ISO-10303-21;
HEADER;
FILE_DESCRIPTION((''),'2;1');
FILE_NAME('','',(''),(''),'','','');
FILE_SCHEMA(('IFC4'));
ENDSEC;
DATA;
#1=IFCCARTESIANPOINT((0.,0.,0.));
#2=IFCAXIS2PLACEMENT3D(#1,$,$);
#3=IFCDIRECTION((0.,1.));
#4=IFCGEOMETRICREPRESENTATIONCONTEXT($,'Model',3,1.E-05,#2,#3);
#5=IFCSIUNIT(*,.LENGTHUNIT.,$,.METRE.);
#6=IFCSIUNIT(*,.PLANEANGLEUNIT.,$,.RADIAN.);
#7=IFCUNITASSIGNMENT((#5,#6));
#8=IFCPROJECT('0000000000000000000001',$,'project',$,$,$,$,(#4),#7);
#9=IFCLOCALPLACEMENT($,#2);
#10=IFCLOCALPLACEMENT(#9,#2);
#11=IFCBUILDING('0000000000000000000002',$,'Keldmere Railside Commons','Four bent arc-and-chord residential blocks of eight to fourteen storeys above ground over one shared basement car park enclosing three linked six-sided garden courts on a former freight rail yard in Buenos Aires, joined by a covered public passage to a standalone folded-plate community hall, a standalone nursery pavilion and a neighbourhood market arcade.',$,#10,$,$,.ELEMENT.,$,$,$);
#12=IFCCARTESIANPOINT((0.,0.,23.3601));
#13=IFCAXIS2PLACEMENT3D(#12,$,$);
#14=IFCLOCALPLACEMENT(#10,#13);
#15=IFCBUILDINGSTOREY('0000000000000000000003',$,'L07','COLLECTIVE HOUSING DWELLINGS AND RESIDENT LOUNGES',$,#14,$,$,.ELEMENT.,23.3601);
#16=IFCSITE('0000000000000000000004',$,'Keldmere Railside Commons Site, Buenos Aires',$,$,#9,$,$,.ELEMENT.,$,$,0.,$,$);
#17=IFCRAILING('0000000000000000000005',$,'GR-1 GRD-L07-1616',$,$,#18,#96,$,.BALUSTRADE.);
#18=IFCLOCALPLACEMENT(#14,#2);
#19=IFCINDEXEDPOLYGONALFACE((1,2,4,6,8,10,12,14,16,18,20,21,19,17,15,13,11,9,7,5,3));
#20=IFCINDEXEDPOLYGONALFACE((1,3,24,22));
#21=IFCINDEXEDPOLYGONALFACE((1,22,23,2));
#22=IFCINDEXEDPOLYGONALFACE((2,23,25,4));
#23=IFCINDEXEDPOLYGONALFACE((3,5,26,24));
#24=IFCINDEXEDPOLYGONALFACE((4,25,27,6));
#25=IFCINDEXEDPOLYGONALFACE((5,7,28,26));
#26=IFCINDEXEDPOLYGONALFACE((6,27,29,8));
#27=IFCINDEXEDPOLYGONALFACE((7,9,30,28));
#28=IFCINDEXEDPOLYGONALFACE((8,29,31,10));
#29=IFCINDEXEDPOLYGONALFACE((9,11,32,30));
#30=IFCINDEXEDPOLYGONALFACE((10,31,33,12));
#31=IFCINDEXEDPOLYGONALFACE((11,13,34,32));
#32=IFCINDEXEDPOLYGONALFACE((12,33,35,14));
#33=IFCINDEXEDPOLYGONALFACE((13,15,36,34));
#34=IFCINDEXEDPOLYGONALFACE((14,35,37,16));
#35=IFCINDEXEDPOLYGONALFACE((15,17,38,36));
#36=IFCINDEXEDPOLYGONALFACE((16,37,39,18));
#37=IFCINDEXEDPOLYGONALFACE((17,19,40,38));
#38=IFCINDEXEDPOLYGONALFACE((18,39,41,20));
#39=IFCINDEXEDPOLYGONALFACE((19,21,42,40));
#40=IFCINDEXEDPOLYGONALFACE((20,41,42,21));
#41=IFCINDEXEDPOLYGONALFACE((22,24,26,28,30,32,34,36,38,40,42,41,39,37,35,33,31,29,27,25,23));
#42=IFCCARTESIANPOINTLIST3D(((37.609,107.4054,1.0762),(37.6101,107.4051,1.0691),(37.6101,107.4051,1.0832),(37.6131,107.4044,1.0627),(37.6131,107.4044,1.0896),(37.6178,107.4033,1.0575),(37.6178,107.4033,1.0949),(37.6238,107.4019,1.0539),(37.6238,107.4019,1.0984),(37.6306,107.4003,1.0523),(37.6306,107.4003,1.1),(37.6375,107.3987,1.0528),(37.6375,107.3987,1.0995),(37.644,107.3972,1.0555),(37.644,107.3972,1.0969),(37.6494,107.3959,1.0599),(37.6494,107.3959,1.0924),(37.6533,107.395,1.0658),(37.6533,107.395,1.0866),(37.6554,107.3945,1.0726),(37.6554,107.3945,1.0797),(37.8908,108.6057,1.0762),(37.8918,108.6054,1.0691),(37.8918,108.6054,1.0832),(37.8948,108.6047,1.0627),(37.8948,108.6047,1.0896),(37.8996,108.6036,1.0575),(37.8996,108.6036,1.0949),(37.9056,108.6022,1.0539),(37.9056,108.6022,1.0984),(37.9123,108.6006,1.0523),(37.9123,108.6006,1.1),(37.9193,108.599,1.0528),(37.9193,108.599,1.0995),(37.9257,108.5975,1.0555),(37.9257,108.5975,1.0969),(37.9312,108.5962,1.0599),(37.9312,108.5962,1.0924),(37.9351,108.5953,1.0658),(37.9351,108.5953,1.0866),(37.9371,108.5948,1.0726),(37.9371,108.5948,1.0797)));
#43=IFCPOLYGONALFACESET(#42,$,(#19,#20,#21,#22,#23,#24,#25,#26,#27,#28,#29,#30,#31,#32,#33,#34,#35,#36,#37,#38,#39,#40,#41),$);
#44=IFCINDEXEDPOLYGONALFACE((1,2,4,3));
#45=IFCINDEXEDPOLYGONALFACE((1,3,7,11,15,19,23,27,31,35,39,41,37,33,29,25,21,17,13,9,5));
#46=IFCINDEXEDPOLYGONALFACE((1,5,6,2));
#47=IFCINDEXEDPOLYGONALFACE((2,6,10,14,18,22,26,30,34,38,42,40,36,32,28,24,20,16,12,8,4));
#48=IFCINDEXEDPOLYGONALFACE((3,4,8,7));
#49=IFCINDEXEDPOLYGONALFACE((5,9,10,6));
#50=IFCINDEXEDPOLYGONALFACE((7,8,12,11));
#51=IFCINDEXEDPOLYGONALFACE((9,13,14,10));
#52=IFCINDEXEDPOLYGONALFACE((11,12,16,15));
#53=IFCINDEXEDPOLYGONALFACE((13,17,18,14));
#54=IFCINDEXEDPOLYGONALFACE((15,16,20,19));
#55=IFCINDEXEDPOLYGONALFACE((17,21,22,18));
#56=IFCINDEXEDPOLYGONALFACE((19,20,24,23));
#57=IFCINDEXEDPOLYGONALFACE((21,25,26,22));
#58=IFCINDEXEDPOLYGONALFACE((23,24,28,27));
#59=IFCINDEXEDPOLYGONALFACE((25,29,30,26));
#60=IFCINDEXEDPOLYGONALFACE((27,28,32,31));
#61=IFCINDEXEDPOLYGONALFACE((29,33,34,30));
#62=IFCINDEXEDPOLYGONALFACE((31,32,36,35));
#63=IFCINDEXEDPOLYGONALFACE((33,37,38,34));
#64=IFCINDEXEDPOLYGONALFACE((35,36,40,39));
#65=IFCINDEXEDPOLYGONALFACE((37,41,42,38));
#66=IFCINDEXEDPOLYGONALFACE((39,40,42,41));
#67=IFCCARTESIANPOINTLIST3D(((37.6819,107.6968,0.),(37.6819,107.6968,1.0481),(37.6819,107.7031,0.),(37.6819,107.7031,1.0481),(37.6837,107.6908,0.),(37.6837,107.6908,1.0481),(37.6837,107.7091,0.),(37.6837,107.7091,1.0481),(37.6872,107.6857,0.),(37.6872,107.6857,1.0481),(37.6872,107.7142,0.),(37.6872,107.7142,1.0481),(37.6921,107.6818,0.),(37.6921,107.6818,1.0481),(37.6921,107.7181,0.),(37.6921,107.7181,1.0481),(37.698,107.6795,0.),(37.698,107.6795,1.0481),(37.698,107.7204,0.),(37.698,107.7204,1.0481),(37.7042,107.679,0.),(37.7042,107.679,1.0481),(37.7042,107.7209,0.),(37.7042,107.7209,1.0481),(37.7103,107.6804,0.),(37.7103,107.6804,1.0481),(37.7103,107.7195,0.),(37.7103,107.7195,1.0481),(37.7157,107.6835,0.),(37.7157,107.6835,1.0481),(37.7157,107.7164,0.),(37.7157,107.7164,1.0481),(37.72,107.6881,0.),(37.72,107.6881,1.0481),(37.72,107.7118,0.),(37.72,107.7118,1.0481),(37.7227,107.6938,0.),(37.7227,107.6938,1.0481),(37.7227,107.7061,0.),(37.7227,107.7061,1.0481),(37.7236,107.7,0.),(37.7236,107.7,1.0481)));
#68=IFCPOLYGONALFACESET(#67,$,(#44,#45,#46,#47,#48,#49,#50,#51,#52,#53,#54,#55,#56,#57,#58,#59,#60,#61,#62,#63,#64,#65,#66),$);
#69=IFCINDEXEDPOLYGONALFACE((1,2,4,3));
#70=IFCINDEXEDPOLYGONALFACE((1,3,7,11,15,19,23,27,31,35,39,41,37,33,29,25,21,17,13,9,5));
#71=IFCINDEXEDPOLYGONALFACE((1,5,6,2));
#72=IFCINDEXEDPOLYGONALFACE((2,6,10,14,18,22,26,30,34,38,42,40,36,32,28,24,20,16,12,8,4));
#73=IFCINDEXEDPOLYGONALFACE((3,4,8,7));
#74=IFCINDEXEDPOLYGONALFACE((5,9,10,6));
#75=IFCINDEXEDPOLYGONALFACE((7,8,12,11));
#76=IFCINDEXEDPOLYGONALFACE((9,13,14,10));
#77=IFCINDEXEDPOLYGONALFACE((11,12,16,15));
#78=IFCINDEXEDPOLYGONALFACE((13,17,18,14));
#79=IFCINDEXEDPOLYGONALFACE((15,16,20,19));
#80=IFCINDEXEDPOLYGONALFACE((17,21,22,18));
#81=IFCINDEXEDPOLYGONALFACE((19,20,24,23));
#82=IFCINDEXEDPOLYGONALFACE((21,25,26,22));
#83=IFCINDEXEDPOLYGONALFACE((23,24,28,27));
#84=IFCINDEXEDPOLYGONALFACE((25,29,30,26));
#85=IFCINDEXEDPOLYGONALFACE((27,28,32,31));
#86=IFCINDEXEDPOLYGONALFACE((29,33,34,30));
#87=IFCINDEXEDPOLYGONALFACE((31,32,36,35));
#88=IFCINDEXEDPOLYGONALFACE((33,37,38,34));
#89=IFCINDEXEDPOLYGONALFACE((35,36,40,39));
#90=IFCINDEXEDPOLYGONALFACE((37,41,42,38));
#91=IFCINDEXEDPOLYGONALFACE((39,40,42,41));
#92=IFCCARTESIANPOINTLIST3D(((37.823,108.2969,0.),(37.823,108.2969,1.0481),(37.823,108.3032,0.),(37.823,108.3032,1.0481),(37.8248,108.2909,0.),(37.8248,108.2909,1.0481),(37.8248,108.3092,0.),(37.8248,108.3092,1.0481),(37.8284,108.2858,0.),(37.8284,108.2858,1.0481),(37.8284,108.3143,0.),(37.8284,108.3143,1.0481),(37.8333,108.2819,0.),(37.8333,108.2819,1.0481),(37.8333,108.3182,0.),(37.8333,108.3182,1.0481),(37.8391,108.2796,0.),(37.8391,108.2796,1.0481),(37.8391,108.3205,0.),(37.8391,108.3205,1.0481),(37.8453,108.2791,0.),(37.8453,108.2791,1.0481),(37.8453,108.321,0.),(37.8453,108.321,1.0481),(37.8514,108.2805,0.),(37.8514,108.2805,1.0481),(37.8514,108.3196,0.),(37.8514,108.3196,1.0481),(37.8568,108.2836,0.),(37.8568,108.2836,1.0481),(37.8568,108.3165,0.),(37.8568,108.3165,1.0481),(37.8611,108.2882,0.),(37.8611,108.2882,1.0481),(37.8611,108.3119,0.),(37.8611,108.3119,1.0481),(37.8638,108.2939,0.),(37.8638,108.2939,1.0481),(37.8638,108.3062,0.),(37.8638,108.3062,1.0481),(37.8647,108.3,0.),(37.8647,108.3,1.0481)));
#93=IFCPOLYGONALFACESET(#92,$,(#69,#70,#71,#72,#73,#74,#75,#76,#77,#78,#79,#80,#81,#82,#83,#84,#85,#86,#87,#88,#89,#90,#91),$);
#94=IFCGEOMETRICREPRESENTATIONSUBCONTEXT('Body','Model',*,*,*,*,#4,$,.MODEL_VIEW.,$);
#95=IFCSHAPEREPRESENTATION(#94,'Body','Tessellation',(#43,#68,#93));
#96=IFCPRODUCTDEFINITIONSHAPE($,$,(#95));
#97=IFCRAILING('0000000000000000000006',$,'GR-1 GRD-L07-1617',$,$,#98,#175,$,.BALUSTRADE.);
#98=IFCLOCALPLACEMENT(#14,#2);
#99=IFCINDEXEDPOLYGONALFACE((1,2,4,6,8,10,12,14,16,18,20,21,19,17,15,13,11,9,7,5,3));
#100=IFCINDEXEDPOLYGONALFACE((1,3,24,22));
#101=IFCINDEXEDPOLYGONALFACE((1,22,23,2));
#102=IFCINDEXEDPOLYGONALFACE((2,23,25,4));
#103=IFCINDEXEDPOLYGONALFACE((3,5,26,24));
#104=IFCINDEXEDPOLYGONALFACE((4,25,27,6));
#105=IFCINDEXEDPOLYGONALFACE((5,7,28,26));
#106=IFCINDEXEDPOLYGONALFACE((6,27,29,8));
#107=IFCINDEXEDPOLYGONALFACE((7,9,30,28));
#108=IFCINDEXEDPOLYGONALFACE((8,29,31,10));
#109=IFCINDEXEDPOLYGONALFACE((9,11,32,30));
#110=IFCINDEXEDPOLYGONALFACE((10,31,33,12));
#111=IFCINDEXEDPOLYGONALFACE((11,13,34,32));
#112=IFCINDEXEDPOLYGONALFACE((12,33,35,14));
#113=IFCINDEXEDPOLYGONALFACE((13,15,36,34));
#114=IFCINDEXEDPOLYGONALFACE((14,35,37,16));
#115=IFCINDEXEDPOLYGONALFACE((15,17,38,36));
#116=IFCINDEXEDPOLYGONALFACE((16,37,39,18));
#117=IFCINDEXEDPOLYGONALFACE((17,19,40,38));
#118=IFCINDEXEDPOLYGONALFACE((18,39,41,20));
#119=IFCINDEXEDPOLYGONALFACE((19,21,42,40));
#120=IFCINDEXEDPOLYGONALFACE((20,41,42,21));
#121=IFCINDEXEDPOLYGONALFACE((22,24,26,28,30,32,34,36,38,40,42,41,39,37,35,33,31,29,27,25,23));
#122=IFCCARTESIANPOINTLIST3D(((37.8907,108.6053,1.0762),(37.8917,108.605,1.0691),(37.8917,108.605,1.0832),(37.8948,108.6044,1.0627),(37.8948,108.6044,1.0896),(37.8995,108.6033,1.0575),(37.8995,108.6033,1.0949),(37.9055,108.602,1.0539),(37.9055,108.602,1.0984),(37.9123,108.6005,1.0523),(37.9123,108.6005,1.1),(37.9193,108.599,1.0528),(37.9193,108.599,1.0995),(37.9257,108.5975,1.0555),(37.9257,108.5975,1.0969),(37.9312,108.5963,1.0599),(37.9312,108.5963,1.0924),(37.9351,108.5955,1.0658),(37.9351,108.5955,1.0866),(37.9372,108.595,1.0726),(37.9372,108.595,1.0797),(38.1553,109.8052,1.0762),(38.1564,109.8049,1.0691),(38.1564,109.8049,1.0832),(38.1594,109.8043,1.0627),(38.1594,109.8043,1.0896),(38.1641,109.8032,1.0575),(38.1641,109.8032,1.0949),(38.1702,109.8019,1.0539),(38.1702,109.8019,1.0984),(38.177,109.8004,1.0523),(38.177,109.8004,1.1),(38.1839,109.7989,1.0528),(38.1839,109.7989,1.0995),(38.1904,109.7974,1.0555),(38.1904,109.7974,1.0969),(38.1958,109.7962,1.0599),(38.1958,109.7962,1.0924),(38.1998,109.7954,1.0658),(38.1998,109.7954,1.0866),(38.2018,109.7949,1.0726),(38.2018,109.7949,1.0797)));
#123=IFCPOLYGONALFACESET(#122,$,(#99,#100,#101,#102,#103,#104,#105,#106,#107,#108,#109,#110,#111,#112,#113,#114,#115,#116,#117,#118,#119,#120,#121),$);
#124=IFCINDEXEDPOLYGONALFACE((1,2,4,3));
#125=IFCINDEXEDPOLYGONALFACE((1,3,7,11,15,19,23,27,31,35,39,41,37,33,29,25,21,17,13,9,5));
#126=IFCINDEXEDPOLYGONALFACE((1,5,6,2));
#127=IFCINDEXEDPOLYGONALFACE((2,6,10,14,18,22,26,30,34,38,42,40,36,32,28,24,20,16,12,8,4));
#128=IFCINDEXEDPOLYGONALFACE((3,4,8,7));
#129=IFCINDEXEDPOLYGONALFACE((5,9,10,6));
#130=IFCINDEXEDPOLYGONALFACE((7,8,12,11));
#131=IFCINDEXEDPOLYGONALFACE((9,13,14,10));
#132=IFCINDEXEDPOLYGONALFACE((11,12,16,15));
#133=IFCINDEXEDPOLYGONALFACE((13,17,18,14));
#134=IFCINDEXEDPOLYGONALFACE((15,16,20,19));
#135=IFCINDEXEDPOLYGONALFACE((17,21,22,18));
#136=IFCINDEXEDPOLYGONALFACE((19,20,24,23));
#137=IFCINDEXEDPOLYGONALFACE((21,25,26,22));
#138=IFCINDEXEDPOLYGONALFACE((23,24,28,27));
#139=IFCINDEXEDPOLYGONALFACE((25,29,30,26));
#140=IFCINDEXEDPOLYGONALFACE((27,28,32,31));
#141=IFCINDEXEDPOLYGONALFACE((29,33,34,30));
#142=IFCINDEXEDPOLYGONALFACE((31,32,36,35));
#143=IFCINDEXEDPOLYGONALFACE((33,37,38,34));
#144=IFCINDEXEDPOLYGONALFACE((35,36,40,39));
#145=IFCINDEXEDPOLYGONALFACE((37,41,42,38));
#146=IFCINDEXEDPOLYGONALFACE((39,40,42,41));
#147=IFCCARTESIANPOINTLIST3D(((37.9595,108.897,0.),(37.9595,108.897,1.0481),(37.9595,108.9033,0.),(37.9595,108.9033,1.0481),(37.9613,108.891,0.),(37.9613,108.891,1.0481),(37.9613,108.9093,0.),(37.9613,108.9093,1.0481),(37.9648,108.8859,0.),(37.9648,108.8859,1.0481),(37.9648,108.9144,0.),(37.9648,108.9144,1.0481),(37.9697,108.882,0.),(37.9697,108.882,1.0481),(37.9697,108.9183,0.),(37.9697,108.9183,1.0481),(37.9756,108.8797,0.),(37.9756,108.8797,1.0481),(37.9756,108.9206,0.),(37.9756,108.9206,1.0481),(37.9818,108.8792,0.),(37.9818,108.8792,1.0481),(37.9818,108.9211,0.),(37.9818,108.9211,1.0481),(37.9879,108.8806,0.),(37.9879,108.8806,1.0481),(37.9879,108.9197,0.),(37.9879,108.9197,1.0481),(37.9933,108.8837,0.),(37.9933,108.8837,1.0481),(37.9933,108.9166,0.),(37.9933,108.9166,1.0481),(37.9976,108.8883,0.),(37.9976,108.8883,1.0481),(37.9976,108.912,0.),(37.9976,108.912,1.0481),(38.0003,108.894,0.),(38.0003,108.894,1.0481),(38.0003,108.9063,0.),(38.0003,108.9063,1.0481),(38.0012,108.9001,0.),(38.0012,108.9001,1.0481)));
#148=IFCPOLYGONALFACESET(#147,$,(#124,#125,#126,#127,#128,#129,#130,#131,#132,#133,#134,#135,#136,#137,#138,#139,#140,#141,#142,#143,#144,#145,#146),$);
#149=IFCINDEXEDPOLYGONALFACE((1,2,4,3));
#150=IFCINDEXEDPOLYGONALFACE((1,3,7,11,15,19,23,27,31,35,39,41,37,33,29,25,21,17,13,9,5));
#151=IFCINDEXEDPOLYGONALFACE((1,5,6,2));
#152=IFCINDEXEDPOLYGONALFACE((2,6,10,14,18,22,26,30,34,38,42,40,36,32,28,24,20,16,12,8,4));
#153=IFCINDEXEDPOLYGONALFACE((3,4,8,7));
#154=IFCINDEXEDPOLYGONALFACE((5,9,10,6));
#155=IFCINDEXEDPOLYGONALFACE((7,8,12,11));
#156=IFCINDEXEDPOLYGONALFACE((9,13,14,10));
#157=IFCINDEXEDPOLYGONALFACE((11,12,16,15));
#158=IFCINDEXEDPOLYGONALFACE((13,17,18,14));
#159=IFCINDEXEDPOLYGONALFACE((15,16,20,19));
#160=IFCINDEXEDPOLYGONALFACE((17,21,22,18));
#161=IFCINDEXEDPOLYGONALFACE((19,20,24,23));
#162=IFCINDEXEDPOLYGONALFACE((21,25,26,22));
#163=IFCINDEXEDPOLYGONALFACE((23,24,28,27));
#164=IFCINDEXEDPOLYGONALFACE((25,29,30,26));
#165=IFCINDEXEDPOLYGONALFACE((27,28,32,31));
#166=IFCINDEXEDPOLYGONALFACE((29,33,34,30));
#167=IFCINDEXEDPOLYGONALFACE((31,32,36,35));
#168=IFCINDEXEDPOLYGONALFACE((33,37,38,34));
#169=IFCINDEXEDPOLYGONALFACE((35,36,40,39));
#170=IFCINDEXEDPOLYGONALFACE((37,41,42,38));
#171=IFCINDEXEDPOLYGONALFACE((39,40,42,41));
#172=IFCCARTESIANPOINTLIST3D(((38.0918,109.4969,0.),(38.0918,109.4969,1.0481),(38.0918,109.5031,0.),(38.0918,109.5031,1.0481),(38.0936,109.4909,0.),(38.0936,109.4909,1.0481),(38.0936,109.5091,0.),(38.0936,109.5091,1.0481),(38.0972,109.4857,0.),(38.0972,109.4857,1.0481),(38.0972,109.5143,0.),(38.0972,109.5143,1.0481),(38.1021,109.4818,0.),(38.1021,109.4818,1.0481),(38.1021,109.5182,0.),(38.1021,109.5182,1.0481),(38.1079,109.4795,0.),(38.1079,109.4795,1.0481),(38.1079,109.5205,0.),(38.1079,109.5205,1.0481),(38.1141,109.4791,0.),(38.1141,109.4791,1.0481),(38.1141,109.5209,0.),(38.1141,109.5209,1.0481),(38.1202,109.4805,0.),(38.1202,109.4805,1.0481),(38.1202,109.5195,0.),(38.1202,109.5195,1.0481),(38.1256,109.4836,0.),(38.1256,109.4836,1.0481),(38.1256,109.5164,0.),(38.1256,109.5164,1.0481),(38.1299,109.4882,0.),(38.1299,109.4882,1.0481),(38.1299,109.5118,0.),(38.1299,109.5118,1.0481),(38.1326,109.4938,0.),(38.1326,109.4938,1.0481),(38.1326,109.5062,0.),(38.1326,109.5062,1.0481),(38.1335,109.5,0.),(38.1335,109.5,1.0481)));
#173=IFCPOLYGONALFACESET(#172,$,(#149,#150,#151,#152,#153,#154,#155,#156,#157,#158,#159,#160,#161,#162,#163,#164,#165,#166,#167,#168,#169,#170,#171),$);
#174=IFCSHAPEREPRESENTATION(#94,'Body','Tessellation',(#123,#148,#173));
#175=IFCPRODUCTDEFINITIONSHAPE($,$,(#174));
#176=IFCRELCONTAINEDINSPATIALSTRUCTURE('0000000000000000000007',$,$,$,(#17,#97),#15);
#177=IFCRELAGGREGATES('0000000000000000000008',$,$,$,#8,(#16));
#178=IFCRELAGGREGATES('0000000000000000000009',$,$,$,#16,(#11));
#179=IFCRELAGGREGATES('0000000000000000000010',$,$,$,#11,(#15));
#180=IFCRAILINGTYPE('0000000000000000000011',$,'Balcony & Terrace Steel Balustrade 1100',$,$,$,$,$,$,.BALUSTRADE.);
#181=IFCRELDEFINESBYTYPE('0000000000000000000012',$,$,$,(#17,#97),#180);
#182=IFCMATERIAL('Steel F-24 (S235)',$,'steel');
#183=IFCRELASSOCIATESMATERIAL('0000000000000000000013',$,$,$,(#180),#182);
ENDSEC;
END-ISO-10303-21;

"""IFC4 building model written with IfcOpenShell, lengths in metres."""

from ifc_helpers import new_model, si_unit, direction, frame, origin, origin_2d, place, context, subcontext, project, spatial, circle, extrude, material, type_object, element, save


model = new_model("IFC4")

# Units and contexts
model_context = context("Model", 3, precision=1e-05, world=origin(), true_north=direction((0.0, 1.0)))
body_context = subcontext(model_context, "Body", "Model", "MODEL_VIEW")
ifc_project = project(units=[si_unit("LENGTHUNIT", "METRE"), si_unit("PLANEANGLEUNIT", "RADIAN")], contexts=[model_context])

# Site, building, storey
site_placement = place(None, origin())
site = spatial("IfcSite", under=ifc_project, at=site_placement, Name="Keldmere Railside Commons Site, Buenos Aires", CompositionType="ELEMENT", RefElevation=0.0)
building_placement = place(site_placement, origin())
building = spatial("IfcBuilding", under=site, at=building_placement, Name="Keldmere Railside Commons", Description="Four bent arc-and-chord residential blocks of eight to fourteen storeys above ground over one shared basement car park enclosing three linked six-sided garden courts on a former freight rail yard in Buenos Aires, joined by a covered public passage to a standalone folded-plate community hall, a standalone nursery pavilion and a neighbourhood market arcade.", CompositionType="ELEMENT")
storey_placement = place(building_placement, frame((0.0, 0.0, 23.3601)))
storey = spatial("IfcBuildingStorey", under=building, at=storey_placement, Name="L07", Description="COLLECTIVE HOUSING DWELLINGS AND RESIDENT LOUNGES", CompositionType="ELEMENT", Elevation=23.3601)

# Railings
ifc_material_1 = material(Name="Steel F-24 (S235)", Category="steel")
railing_type = type_object("IfcRailingType", Name="Balcony & Terrace Steel Balustrade 1100", PredefinedType="BALUSTRADE", material=ifc_material_1)
railing_1_placement = place(storey_placement, frame((37.6323, 107.3999, 0.0)))
element("IfcRailing", 1, at=railing_1_placement, inside=storey, type_object=railing_type, Name="GR-1 GRD-L07-1616", PredefinedType="BALUSTRADE", context=body_context, shape_type="SweptSolid", body=[
    extrude(circle(Radius=0.0239, at=origin_2d()), frame((0.0, 0.0, 1.0762), z_axis=(0.228532, 0.973537, 0.0), x_axis=(-0.973537, 0.228532, 0.0)), (0.0, 0.0, 1.0), 1.2329),
    extrude(circle(Radius=0.021, at=origin_2d()), frame((0.0703, 0.3, 0.0)), (0.0, 0.0, 1.0), 1.0481),
    extrude(circle(Radius=0.021, at=origin_2d()), frame((0.2114, 0.9001, 0.0)), (0.0, 0.0, 1.0), 1.0481),
])
railing_2_placement = place(storey_placement, frame((37.9141, 108.6001, 0.0)))
element("IfcRailing", 2, at=railing_2_placement, inside=storey, type_object=railing_type, Name="GR-1 GRD-L07-1617", PredefinedType="BALUSTRADE", context=body_context, shape_type="SweptSolid", body=[
    extrude(circle(Radius=0.0239, at=origin_2d()), frame((0.0, 0.0, 1.0762), z_axis=(0.215373, 0.976532, 0.0), x_axis=(-0.976532, 0.215373, 0.0)), (0.0, 0.0, 1.0), 1.2288),
    extrude(circle(Radius=0.021, at=origin_2d()), frame((0.0662, 0.3, 0.0)), (0.0, 0.0, 1.0), 1.0481),
    extrude(circle(Radius=0.021, at=origin_2d()), frame((0.1985, 0.8999, 0.0)), (0.0, 0.0, 1.0), 1.0481),
])

save(model, "model.ifc")
